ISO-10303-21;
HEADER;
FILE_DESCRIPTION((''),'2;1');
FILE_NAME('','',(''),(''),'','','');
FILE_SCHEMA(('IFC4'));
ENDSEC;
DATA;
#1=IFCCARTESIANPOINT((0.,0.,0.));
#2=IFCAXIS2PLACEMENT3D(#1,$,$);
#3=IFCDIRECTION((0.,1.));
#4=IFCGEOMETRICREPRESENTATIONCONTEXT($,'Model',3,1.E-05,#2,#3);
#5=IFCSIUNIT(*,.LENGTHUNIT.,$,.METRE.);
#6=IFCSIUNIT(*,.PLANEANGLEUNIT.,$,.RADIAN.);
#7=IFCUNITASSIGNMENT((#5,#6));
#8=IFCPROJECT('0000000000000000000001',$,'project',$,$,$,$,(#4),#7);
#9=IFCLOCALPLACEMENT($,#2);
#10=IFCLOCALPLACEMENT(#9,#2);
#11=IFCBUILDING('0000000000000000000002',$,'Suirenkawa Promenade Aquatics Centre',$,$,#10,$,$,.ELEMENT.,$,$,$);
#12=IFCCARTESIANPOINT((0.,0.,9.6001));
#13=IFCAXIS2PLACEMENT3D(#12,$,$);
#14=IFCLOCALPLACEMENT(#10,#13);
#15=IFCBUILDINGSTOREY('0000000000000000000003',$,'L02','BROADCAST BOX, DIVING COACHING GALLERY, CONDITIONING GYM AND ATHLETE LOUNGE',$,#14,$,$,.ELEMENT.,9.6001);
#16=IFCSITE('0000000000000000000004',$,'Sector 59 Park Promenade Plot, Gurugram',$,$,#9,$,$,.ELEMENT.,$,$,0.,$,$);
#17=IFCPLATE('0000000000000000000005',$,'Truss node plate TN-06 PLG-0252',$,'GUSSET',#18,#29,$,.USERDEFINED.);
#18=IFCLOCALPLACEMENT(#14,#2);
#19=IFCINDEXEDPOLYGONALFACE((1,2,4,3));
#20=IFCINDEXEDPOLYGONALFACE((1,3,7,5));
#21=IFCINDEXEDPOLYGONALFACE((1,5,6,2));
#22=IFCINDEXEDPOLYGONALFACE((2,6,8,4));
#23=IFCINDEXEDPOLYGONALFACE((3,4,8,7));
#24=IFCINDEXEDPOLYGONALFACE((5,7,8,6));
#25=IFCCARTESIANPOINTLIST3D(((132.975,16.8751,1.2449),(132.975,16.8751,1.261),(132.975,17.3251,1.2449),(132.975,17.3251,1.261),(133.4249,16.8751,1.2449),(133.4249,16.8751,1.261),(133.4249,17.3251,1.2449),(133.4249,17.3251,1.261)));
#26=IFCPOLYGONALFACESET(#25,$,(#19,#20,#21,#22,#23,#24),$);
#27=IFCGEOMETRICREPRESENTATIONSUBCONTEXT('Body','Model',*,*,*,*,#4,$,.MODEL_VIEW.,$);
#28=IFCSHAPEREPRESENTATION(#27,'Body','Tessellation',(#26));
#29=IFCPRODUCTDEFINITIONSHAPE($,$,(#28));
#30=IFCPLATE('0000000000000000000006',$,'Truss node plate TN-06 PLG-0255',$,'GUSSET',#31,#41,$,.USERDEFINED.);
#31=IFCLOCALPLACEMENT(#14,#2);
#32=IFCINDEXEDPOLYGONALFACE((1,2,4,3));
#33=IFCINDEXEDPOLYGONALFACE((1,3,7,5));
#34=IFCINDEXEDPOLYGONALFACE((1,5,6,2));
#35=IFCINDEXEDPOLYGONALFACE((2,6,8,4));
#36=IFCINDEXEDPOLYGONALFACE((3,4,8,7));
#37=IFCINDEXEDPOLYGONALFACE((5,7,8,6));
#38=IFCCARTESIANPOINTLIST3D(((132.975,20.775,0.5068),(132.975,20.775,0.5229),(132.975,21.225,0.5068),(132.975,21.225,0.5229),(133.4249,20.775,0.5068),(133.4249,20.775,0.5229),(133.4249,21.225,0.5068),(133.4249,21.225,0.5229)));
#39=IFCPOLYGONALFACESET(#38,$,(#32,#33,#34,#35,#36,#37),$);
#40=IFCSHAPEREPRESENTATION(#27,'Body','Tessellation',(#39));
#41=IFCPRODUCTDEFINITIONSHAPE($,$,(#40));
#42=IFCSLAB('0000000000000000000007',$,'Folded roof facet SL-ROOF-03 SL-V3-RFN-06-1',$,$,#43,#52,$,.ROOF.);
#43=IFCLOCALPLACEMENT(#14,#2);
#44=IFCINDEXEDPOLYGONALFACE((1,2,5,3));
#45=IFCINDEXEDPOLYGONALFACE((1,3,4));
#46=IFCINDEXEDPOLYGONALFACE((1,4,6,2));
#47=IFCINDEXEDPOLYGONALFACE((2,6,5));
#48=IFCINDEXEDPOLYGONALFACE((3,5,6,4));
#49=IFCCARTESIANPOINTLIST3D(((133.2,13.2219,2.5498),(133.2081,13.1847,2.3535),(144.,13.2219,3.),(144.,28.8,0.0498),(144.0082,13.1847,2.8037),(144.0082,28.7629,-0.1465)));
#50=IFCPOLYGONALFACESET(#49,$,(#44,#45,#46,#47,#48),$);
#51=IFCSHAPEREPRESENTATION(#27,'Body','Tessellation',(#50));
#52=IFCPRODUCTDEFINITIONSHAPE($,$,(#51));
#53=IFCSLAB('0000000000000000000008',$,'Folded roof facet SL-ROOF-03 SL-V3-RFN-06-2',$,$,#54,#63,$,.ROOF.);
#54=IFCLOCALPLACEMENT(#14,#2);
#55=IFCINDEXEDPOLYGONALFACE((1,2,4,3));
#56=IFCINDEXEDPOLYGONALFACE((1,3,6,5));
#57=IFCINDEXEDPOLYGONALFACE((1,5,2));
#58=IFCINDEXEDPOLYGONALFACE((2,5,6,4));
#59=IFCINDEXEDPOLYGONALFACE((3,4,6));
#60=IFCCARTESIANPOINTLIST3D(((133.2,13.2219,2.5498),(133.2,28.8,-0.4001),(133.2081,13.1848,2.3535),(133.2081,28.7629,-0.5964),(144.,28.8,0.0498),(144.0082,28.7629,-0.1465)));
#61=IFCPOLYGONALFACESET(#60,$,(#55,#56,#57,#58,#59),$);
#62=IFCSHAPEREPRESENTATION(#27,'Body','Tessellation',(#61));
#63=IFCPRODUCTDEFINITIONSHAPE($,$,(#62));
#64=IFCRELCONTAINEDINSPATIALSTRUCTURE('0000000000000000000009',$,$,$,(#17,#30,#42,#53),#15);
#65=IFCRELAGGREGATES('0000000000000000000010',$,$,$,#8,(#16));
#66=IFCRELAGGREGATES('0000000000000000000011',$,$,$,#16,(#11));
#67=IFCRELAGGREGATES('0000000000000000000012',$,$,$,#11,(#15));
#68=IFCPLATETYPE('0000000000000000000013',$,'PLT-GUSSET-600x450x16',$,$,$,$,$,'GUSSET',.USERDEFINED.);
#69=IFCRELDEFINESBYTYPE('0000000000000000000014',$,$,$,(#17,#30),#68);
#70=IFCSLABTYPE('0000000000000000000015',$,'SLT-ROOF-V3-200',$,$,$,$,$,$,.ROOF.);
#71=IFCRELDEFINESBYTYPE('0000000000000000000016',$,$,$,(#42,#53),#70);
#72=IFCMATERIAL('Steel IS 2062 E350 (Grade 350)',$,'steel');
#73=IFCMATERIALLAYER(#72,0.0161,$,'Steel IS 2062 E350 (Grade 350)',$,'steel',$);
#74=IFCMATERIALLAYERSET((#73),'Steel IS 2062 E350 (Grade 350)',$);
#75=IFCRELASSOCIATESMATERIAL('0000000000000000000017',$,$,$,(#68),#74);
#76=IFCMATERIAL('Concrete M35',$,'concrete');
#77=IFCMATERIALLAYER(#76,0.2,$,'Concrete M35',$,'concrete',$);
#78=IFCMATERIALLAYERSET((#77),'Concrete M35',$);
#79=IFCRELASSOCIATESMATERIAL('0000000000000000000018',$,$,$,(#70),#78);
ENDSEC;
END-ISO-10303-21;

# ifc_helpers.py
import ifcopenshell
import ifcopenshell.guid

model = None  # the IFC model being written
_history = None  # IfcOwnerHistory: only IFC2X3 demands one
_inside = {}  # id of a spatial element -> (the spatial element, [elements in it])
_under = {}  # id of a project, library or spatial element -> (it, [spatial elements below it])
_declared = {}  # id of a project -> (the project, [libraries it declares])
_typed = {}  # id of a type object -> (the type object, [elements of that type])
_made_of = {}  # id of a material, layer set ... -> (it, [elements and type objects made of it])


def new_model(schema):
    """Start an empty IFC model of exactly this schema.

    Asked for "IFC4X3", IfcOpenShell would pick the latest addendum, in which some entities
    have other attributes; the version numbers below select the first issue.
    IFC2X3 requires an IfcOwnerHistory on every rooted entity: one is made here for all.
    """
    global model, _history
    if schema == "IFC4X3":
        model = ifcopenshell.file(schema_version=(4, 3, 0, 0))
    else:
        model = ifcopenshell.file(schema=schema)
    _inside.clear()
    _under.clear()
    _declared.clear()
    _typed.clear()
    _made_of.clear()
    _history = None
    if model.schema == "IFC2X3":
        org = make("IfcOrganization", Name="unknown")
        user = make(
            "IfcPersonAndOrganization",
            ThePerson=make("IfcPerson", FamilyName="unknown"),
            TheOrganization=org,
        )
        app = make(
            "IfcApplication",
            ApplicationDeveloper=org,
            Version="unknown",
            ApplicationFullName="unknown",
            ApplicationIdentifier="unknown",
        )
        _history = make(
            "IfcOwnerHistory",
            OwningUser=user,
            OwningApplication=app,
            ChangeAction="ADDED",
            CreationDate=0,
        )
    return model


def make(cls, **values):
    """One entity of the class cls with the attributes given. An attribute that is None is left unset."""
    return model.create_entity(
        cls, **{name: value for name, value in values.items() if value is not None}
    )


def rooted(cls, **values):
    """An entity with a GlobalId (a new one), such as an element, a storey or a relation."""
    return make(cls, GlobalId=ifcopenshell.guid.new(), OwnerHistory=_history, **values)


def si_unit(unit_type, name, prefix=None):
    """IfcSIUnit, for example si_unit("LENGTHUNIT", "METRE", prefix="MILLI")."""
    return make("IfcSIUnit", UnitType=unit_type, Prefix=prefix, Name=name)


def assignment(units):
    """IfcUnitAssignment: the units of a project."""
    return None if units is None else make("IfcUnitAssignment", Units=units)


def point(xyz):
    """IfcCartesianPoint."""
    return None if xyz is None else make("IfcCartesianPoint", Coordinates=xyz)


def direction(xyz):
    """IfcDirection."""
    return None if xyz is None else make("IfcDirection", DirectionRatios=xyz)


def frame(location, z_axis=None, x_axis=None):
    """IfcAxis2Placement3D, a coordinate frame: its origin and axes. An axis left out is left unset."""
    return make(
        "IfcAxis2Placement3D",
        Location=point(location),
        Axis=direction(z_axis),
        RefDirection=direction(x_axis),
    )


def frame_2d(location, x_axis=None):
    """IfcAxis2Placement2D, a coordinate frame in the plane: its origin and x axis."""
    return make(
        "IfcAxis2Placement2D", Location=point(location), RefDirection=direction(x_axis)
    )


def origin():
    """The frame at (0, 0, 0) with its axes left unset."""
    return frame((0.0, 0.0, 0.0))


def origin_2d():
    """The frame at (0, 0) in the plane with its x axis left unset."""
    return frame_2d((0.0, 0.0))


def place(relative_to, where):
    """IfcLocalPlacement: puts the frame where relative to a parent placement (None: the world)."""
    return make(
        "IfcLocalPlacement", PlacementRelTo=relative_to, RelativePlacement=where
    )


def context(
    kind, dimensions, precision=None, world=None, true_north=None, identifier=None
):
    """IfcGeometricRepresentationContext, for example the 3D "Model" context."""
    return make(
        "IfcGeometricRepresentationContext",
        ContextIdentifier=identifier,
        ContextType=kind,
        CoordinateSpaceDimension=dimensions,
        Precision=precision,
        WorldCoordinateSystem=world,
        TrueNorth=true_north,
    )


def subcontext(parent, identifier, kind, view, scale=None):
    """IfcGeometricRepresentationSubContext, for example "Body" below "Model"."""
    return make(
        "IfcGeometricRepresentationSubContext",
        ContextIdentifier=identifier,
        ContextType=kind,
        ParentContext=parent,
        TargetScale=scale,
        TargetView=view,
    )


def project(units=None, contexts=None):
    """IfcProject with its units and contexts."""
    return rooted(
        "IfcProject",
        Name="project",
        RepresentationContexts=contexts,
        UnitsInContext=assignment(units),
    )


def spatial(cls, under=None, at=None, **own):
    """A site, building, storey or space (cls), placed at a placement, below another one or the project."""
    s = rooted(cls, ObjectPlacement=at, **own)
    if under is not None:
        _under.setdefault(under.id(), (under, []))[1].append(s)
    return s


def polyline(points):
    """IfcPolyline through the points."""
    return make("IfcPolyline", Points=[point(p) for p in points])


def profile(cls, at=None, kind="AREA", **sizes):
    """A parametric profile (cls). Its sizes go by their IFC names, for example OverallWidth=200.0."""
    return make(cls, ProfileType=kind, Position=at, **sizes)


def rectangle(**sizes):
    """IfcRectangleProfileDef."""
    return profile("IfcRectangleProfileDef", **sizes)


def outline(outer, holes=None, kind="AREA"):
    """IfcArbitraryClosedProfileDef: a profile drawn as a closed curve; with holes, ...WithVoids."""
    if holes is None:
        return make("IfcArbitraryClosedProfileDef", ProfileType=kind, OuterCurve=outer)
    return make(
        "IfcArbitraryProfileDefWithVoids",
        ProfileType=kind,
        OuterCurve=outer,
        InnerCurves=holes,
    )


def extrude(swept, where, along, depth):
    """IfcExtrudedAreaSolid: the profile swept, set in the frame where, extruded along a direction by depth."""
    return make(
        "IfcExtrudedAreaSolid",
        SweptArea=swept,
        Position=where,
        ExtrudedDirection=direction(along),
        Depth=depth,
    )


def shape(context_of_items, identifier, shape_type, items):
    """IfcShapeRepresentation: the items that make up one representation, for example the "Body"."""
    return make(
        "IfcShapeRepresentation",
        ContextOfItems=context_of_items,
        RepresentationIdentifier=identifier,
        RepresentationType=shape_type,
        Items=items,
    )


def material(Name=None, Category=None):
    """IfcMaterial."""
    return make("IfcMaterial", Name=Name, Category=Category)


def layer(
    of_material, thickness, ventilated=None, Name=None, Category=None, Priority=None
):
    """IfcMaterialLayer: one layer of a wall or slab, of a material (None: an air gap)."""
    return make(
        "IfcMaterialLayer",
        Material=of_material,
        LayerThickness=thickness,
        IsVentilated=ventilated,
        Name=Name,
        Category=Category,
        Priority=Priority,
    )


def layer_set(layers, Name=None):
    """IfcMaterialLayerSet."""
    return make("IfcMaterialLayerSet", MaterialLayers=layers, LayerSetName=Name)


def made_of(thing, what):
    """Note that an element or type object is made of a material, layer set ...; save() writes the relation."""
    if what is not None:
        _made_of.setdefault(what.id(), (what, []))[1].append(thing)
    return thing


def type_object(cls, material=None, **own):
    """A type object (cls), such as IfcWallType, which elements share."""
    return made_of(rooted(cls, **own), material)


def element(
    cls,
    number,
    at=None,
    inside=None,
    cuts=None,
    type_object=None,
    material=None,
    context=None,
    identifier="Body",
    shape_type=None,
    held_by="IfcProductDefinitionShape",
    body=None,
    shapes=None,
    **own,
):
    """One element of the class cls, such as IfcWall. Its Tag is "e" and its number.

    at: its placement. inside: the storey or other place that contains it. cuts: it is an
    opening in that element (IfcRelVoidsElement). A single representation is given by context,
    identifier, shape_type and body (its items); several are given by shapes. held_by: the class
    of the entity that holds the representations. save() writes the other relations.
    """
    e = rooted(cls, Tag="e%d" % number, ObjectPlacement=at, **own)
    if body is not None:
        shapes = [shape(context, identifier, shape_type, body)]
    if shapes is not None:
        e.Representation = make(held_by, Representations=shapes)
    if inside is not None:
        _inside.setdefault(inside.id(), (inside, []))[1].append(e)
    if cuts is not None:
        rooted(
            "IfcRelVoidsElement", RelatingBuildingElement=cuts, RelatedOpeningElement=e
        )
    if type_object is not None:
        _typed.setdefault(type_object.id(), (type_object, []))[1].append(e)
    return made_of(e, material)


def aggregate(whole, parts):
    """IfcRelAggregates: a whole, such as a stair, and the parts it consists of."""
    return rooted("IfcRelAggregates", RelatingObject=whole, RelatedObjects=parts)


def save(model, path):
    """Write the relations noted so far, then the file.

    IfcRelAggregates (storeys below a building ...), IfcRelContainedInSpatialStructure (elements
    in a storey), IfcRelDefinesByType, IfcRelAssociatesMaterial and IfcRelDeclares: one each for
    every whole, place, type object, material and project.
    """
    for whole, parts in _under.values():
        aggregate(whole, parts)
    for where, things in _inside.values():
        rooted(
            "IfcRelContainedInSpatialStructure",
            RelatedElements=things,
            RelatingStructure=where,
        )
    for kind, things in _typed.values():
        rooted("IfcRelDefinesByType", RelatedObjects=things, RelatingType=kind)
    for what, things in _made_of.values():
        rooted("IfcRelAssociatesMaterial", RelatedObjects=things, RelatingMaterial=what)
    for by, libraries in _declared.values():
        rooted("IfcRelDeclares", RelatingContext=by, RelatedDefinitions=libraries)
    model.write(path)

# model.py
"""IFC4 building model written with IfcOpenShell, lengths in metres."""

from ifc_helpers import new_model, si_unit, direction, frame, origin, origin_2d, place, context, subcontext, project, spatial, polyline, rectangle, outline, extrude, material, layer, layer_set, type_object, element, save


model = new_model("IFC4")

# Units and contexts
model_context = context("Model", 3, precision=1e-05, world=origin(), true_north=direction((0.0, 1.0)))
body_context = subcontext(model_context, "Body", "Model", "MODEL_VIEW")
ifc_project = project(units=[si_unit("LENGTHUNIT", "METRE"), si_unit("PLANEANGLEUNIT", "RADIAN")], contexts=[model_context])

# Site, building, storey
site_placement = place(None, origin())
site = spatial("IfcSite", under=ifc_project, at=site_placement, Name="Sector 59 Park Promenade Plot, Gurugram", CompositionType="ELEMENT", RefElevation=0.0)
building_placement = place(site_placement, origin())
building = spatial("IfcBuilding", under=site, at=building_placement, Name="Suirenkawa Promenade Aquatics Centre", CompositionType="ELEMENT")
storey_placement = place(building_placement, frame((0.0, 0.0, 9.6001)))
storey = spatial("IfcBuildingStorey", under=building, at=storey_placement, Name="L02", Description="BROADCAST BOX, DIVING COACHING GALLERY, CONDITIONING GYM AND ATHLETE LOUNGE", CompositionType="ELEMENT", Elevation=9.6001)

# Shared definitions
ifc_material_1 = material(Name="Steel IS 2062 E350 (Grade 350)", Category="steel")

# Plates
ifc_layer_1 = layer(ifc_material_1, 0.0161, Name="Steel IS 2062 E350 (Grade 350)", Category="steel")
ifc_layer_set_1 = layer_set([ifc_layer_1], Name="Steel IS 2062 E350 (Grade 350)")
plate_type = type_object("IfcPlateType", Name="PLT-GUSSET-600x450x16", ElementType="GUSSET", PredefinedType="USERDEFINED", material=ifc_layer_set_1)
for number, where, z_axis, x_axis, name in (
    (1, (133.2, 17.1001, 1.2449), (0.0, 0.0, 1.0), (1.0, 0.0, 0.0), "Truss node plate TN-06 PLG-0252"),
    (2, (133.2, 21.0, 0.5068), (0.0, 0.0, 1.0), (1.0, 0.0, 0.0), "Truss node plate TN-06 PLG-0255"),
):
    element("IfcPlate", number, at=place(storey_placement, frame(where, z_axis=z_axis, x_axis=x_axis)), inside=storey, type_object=plate_type, Name=name, ObjectType="GUSSET", PredefinedType="USERDEFINED", context=body_context, shape_type="SweptSolid", body=[
        extrude(rectangle(XDim=0.45, YDim=0.45, at=origin_2d()), origin(), (0.0, 0.0, 1.0), 0.0161),
    ])

# Slabs
ifc_material_2 = material(Name="Concrete M35", Category="concrete")
ifc_layer_2 = layer(ifc_material_2, 0.2, Name="Concrete M35", Category="concrete")
ifc_layer_set_2 = layer_set([ifc_layer_2], Name="Concrete M35")
slab_type = type_object("IfcSlabType", Name="SLT-ROOF-V3-200", PredefinedType="ROOF", material=ifc_layer_set_2)
slab_1_placement = place(storey_placement, frame((133.2, 13.2219, 2.5498), z_axis=(-0.040922, 0.185917, 0.981713), x_axis=(0.999132, 0.0, 0.041648)))
element("IfcSlab", 3, at=slab_1_placement, inside=storey, type_object=slab_type, Name="Folded roof facet SL-ROOF-03 SL-V3-RFN-06-1", PredefinedType="ROOF", context=body_context, shape_type="SweptSolid", body=[
    extrude(outline(polyline([(0.0, 0.0), (10.8094, 0.0), (10.6866, 15.8545), (0.0, 0.0)])), origin(), (0.0, 0.0, -1.0), 0.2),
])
slab_2_placement = place(storey_placement, frame((133.2, 13.2219, 2.5498), z_axis=(-0.0409, 0.185903, 0.981717), x_axis=(0.56486, 0.814761, -0.130754)))
element("IfcSlab", 4, at=slab_2_placement, inside=storey, type_object=slab_type, Name="Folded roof facet SL-ROOF-03 SL-V3-RFN-06-2", PredefinedType="ROOF", context=body_context, shape_type="SweptSolid", body=[
    extrude(outline(polyline([(0.0, 0.0), (19.1199, 0.0), (13.0782, 8.9633), (0.0, 0.0)])), origin(), (0.0, 0.0, -1.0), 0.2),
])

save(model, "model.ifc")
